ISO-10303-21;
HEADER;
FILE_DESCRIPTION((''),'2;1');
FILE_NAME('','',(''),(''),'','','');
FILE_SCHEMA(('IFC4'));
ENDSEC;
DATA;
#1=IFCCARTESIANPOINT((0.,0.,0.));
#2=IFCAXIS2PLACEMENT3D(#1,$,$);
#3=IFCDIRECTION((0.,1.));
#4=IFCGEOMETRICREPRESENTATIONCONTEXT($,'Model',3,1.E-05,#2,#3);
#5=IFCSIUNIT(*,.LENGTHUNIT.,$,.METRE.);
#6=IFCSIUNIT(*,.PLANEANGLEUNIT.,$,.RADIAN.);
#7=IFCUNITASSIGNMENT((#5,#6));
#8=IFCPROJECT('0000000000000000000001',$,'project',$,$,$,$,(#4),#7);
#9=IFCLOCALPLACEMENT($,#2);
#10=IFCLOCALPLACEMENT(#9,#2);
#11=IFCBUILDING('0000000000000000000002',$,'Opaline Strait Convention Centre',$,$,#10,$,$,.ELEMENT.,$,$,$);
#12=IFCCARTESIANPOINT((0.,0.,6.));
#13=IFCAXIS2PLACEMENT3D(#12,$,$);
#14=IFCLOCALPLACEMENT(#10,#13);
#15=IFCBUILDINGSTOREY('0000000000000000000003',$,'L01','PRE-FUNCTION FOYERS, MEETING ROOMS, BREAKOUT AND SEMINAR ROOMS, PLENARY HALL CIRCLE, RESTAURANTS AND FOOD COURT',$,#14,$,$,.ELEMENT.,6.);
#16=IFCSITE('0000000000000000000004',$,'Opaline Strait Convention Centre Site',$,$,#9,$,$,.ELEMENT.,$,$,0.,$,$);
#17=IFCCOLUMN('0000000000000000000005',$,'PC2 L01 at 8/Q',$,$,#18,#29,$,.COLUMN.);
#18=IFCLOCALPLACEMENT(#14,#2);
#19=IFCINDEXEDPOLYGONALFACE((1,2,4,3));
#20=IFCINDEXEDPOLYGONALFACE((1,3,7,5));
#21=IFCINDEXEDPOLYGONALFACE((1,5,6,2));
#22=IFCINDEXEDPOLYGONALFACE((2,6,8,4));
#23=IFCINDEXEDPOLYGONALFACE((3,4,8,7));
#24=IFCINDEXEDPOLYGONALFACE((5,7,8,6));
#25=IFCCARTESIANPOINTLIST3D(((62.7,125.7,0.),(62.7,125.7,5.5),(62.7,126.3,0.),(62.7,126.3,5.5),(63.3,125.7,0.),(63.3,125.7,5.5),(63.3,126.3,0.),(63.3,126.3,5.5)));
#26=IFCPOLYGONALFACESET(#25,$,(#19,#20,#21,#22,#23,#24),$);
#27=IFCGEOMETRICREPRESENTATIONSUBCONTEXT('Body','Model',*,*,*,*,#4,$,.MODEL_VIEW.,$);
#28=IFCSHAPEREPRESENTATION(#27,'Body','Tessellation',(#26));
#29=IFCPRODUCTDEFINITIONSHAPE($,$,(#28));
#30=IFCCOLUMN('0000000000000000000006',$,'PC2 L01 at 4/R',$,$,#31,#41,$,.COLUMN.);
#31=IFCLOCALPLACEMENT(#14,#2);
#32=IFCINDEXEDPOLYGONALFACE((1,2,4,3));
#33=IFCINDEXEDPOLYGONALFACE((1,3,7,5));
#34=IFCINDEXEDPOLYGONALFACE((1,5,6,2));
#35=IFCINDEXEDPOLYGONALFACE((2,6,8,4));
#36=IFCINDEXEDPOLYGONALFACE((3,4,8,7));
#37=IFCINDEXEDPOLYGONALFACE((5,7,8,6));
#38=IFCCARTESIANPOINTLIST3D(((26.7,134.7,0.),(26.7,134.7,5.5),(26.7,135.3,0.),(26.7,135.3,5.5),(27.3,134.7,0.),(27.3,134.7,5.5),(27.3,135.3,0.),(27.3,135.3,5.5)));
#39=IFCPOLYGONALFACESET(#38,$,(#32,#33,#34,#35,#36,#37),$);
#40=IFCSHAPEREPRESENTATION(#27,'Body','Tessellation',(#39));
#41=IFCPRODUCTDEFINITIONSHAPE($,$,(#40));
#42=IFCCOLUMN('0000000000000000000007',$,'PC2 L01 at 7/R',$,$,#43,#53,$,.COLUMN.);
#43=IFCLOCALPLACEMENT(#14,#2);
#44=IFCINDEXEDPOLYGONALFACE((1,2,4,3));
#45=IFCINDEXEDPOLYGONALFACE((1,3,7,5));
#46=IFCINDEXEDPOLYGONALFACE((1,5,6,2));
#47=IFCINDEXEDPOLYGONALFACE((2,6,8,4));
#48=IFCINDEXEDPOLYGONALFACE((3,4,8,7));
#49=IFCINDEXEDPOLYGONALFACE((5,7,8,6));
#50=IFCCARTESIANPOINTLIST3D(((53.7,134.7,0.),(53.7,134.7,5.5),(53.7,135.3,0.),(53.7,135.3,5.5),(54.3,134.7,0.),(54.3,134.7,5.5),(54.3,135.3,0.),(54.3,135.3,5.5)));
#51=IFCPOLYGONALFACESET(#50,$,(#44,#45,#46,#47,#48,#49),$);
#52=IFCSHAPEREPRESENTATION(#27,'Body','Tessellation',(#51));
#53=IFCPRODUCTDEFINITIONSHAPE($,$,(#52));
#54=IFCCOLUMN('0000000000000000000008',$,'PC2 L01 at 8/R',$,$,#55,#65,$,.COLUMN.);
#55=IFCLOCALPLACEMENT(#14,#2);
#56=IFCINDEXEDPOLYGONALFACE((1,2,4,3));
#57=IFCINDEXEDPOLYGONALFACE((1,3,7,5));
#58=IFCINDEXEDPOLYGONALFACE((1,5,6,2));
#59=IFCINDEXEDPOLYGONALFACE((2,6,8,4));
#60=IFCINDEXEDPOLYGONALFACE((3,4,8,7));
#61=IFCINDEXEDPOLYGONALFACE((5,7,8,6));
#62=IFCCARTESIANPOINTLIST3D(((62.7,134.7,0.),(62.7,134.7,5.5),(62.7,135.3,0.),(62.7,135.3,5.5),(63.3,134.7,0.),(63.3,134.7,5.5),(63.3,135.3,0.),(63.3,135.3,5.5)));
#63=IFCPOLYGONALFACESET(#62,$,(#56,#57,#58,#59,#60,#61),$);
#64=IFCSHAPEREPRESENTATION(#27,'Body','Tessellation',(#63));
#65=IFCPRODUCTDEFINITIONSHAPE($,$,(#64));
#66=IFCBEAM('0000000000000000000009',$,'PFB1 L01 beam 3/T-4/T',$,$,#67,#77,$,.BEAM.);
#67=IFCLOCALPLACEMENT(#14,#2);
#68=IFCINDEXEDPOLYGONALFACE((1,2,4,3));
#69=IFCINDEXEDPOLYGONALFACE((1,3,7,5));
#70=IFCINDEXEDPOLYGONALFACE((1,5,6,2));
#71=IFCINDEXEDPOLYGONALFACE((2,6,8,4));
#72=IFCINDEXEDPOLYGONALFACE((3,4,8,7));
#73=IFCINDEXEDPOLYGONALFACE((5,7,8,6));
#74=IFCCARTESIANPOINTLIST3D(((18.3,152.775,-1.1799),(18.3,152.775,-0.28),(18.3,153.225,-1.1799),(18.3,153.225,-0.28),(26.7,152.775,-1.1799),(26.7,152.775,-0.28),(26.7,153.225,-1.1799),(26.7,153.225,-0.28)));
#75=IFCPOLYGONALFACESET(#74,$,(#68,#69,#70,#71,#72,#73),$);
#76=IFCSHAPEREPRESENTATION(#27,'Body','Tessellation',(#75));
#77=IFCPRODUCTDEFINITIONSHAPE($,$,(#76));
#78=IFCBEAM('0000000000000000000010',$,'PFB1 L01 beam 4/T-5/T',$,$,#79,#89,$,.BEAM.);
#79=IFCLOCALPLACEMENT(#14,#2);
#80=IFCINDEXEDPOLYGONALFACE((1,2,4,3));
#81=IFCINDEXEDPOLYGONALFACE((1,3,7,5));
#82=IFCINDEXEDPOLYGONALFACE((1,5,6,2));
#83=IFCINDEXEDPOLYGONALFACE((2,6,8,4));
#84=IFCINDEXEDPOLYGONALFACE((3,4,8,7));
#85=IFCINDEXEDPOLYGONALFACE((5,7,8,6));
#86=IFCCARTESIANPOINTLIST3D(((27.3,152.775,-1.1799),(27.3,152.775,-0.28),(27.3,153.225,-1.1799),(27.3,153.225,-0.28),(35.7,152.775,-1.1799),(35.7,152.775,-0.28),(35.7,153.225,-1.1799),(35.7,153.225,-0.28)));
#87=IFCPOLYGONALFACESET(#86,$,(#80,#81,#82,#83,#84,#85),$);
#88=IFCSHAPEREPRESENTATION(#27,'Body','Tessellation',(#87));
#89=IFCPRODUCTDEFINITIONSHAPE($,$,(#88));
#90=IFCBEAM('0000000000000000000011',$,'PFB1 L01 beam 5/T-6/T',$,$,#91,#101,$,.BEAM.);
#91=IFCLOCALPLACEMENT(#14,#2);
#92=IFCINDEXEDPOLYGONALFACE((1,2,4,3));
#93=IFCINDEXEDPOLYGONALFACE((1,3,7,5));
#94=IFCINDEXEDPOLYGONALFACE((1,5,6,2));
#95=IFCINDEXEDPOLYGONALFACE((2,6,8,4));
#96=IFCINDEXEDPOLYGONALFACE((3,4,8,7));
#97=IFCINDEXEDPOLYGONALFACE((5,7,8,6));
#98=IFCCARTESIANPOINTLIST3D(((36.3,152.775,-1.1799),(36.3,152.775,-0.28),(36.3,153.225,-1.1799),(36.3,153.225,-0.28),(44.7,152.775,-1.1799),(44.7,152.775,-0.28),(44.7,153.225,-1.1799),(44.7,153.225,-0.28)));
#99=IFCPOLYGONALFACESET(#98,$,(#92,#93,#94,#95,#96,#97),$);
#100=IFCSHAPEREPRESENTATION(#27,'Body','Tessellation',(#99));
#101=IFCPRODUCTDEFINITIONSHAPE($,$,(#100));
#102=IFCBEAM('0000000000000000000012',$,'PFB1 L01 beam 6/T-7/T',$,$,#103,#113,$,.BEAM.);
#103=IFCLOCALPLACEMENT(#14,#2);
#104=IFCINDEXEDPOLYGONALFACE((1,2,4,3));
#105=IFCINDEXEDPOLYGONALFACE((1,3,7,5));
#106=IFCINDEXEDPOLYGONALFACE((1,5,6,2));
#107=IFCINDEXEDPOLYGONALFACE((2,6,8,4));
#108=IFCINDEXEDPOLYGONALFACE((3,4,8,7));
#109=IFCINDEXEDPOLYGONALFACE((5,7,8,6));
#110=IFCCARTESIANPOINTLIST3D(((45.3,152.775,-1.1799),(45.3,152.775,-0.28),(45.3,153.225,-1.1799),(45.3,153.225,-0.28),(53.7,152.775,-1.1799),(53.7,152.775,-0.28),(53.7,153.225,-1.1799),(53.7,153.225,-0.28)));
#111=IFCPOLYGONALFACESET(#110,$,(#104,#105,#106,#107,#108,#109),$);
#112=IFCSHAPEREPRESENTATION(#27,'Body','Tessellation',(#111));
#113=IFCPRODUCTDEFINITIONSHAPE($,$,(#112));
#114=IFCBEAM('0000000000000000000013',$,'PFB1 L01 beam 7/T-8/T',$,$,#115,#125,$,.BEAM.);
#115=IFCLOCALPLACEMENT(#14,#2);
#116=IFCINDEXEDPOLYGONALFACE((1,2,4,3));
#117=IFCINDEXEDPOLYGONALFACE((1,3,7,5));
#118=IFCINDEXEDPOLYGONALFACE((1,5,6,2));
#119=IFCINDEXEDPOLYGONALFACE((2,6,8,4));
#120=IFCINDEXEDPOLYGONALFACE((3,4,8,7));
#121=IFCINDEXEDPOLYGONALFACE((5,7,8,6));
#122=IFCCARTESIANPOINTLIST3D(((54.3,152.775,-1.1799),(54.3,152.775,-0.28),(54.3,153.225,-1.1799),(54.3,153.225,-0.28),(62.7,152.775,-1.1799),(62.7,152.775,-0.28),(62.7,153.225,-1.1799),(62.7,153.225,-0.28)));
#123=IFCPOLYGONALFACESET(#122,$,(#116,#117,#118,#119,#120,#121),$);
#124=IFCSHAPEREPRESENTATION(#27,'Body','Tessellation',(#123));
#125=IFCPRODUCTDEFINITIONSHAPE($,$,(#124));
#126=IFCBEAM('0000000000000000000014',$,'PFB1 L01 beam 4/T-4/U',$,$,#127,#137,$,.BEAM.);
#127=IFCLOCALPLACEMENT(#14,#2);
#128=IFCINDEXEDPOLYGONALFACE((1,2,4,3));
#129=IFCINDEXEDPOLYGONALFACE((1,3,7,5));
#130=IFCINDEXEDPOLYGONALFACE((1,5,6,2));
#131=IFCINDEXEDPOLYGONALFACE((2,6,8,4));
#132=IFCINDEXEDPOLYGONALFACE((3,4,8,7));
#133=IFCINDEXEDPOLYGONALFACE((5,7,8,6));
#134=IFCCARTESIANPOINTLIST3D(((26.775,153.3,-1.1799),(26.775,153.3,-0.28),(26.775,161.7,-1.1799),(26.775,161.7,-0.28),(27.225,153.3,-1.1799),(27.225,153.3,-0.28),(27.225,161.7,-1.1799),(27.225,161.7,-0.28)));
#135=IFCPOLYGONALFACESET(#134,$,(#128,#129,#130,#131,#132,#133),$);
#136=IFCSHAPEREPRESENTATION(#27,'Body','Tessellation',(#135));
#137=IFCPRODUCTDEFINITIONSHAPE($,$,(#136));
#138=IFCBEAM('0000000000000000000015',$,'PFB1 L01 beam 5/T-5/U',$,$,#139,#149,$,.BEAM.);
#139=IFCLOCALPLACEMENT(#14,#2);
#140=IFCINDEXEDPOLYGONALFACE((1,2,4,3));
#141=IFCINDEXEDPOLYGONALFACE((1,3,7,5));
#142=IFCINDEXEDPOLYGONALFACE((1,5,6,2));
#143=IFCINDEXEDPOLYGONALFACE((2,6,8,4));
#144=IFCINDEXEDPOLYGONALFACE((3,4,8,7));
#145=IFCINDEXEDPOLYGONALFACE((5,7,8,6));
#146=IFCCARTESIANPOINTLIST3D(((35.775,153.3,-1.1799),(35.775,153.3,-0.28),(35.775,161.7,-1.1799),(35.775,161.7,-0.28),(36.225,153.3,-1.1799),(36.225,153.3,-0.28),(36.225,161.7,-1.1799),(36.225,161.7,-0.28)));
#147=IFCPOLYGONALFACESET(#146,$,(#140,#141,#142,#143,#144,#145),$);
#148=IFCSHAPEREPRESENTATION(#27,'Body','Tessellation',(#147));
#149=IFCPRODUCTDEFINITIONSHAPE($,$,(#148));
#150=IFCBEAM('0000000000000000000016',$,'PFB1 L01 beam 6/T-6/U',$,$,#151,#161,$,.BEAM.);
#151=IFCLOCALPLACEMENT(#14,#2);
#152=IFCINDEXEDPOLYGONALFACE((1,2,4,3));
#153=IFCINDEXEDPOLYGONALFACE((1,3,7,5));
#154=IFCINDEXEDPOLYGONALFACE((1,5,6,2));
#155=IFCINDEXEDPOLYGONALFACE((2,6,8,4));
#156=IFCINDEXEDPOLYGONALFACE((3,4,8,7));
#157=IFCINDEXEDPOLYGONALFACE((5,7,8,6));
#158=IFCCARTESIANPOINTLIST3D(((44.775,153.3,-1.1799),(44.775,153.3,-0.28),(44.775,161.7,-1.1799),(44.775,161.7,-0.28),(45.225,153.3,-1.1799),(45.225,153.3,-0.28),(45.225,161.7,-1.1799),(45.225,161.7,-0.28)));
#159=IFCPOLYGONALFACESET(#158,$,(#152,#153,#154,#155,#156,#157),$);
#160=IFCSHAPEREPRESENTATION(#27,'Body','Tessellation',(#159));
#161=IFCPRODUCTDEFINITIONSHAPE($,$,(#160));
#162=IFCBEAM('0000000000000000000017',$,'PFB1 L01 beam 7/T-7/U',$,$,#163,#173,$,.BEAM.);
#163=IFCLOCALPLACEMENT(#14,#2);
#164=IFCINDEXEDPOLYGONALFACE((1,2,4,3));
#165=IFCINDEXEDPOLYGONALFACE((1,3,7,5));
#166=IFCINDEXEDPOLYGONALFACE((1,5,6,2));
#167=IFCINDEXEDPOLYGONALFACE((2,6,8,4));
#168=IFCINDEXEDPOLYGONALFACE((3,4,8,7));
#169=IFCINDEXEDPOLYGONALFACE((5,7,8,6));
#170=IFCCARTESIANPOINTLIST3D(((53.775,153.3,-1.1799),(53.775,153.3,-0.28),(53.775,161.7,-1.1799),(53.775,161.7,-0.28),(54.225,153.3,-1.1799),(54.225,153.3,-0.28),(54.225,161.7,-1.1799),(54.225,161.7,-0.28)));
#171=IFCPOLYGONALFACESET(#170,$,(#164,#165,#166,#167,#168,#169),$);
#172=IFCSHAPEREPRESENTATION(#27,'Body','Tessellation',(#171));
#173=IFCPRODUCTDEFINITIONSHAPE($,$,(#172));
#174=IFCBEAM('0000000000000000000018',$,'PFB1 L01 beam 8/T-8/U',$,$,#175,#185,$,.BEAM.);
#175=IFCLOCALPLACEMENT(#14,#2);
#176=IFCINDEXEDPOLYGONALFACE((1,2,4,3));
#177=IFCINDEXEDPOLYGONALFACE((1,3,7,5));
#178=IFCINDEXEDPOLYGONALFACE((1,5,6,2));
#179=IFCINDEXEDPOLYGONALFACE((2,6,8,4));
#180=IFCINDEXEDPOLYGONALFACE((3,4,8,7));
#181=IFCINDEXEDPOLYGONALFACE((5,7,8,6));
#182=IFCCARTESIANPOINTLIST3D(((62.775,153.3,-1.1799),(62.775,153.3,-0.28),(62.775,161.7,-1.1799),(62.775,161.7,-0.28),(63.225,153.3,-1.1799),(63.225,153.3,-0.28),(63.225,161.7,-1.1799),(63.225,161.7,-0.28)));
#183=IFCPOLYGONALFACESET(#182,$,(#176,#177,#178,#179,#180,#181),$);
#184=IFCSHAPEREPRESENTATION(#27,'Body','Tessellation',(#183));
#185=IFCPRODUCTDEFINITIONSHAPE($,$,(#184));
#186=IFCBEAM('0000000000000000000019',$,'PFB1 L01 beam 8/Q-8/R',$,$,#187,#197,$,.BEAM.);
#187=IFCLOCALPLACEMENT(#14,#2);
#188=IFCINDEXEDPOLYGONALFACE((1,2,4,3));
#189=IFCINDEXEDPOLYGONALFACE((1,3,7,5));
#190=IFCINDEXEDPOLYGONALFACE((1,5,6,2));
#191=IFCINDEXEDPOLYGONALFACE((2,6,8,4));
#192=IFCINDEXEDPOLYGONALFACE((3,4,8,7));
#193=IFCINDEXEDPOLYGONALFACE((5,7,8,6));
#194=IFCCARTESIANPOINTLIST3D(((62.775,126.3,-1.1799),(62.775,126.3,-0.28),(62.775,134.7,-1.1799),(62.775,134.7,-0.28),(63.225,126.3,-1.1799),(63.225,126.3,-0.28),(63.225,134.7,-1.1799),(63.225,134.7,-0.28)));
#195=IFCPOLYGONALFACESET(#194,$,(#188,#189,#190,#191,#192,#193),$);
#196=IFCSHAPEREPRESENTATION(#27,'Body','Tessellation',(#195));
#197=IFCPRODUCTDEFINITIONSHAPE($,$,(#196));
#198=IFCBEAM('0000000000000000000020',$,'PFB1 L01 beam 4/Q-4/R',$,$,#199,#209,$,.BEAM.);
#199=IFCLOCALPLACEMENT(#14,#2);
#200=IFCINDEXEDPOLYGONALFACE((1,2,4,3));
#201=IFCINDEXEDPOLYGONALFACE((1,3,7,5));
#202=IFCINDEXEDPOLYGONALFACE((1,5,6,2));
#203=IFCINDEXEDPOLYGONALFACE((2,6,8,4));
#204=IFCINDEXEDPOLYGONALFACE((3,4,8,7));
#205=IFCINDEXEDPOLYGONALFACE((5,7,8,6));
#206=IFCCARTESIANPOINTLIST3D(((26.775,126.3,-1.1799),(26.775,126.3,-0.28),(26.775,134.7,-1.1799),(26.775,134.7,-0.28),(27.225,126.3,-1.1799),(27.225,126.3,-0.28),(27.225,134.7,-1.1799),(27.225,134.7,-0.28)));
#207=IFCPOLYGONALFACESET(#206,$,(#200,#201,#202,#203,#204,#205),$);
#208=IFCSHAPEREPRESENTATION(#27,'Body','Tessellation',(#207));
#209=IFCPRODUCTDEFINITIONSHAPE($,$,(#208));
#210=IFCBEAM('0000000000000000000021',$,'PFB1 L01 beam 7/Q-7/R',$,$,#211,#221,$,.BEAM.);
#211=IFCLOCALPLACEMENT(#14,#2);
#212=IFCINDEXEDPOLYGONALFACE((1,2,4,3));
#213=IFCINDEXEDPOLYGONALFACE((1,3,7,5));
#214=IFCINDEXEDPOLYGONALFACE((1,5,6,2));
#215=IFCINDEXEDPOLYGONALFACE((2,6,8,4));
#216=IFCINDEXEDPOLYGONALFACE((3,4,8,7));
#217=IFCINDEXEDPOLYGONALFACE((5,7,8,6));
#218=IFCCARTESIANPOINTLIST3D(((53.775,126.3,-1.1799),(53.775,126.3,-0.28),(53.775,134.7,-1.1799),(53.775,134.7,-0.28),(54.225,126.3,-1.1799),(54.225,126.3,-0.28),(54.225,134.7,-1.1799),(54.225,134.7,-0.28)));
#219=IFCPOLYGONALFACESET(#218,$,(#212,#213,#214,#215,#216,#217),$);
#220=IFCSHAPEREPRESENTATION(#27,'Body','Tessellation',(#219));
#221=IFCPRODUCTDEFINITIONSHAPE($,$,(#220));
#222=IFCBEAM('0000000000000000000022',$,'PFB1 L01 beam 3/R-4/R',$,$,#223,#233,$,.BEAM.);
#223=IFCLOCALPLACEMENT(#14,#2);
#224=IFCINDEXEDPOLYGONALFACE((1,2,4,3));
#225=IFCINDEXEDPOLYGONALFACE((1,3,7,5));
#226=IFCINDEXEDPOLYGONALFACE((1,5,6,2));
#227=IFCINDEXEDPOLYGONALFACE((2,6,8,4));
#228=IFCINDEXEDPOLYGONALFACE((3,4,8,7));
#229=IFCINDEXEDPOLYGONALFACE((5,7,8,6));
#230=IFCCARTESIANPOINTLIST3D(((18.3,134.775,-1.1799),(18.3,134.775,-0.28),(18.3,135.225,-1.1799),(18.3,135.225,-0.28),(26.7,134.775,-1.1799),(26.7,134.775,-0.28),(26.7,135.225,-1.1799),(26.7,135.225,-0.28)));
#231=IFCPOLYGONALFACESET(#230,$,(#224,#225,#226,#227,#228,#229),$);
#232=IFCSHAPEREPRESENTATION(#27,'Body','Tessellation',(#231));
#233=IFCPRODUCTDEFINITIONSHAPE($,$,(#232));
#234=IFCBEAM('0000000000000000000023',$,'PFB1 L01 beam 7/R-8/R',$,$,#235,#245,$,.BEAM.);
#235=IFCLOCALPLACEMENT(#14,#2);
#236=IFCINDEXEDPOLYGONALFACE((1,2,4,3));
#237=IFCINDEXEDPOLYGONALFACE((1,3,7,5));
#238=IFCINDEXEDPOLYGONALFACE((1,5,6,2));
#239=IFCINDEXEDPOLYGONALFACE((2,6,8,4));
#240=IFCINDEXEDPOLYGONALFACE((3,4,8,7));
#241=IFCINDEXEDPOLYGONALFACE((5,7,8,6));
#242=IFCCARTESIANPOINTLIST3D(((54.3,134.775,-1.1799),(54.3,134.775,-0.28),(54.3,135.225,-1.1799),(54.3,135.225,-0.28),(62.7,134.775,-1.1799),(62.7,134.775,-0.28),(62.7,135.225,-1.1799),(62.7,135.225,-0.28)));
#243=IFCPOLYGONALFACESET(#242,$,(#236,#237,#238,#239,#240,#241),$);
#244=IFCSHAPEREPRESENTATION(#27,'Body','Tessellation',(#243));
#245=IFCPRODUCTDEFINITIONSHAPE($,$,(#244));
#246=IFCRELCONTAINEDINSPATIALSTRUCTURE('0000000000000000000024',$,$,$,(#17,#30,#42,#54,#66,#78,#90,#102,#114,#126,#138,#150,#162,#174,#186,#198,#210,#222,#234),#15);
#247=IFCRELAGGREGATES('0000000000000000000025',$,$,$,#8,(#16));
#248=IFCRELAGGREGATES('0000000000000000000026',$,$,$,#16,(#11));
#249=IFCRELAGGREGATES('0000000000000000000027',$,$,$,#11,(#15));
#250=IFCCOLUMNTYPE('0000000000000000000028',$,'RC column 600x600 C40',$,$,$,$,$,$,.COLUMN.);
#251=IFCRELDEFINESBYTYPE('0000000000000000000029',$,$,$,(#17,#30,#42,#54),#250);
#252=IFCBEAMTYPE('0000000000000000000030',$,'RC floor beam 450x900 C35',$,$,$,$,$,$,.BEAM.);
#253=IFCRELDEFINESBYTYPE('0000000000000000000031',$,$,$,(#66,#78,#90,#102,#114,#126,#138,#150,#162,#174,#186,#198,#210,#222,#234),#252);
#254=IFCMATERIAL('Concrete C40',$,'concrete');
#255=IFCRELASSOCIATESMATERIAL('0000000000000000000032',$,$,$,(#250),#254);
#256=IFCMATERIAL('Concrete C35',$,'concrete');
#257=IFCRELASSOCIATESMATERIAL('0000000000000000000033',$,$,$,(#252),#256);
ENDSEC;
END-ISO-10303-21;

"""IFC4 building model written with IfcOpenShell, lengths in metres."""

from ifc_helpers import new_model, si_unit, direction, frame, origin, origin_2d, place, context, subcontext, project, spatial, rectangle, extrude, material, material_profile, profile_set, type_object, element, save


model = new_model("IFC4")

# Units and contexts
model_context = context("Model", 3, precision=1e-05, world=origin(), true_north=direction((0.0, 1.0)))
body_context = subcontext(model_context, "Body", "Model", "MODEL_VIEW")
ifc_project = project(units=[si_unit("LENGTHUNIT", "METRE"), si_unit("PLANEANGLEUNIT", "RADIAN")], contexts=[model_context])

# Site, building, storey
site_placement = place(None, origin())
site = spatial("IfcSite", under=ifc_project, at=site_placement, Name="Opaline Strait Convention Centre Site", CompositionType="ELEMENT", RefElevation=0.0)
building_placement = place(site_placement, origin())
building = spatial("IfcBuilding", under=site, at=building_placement, Name="Opaline Strait Convention Centre", CompositionType="ELEMENT")
storey_placement = place(building_placement, frame((0.0, 0.0, 6.0)))
storey = spatial("IfcBuildingStorey", under=building, at=storey_placement, Name="L01", Description="PRE-FUNCTION FOYERS, MEETING ROOMS, BREAKOUT AND SEMINAR ROOMS, PLENARY HALL CIRCLE, RESTAURANTS AND FOOD COURT", CompositionType="ELEMENT", Elevation=6.0)

# Columns
ifc_material_1 = material(Name="Concrete C40", Category="concrete")
ifc_material_profile_1 = material_profile(ifc_material_1, rectangle(XDim=0.6001, YDim=0.6001, at=origin_2d()), Name="RC 600x600")
ifc_profile_set_1 = profile_set([ifc_material_profile_1], Name="Concrete C40")
column_type = type_object("IfcColumnType", Name="RC column 600x600 C40", PredefinedType="COLUMN", material=ifc_profile_set_1)
for number, where, z_axis, x_axis, name in (
    (1, (63.0, 126.0, 0.0), (0.0, 0.0, 1.0), (1.0, 0.0, 0.0), "PC2 L01 at 8/Q"),
    (2, (27.0, 135.0, 0.0), (0.0, 0.0, 1.0), (1.0, 0.0, 0.0), "PC2 L01 at 4/R"),
    (3, (54.0, 135.0, 0.0), (0.0, 0.0, 1.0), (1.0, 0.0, 0.0), "PC2 L01 at 7/R"),
    (4, (63.0, 135.0, 0.0), (0.0, 0.0, 1.0), (1.0, 0.0, 0.0), "PC2 L01 at 8/R"),
):
    element("IfcColumn", number, at=place(storey_placement, frame(where, z_axis=z_axis, x_axis=x_axis)), inside=storey, type_object=column_type, Name=name, PredefinedType="COLUMN", context=body_context, shape_type="SweptSolid", body=[
        extrude(rectangle(XDim=0.6001, YDim=0.6001, at=origin_2d()), origin(), (0.0, 0.0, 1.0), 5.5),
    ])

# Beams
ifc_material_2 = material(Name="Concrete C35", Category="concrete")
ifc_material_profile_2 = material_profile(ifc_material_2, rectangle(XDim=0.45, YDim=0.8999, at=origin_2d()), Name="RC 450x900")
ifc_profile_set_2 = profile_set([ifc_material_profile_2], Name="Concrete C35")
beam_type = type_object("IfcBeamType", Name="RC floor beam 450x900 C35", PredefinedType="BEAM", material=ifc_profile_set_2)
for number, where, z_axis, x_axis, name in (
    (5, (18.3, 153.0, -0.73), (1.0, 0.0, 0.0), (0.0, 1.0, 0.0), "PFB1 L01 beam 3/T-4/T"),
    (6, (27.3, 153.0, -0.73), (1.0, 0.0, 0.0), (0.0, 1.0, 0.0), "PFB1 L01 beam 4/T-5/T"),
    (7, (36.3, 153.0, -0.73), (1.0, 0.0, 0.0), (0.0, 1.0, 0.0), "PFB1 L01 beam 5/T-6/T"),
    (8, (45.3, 153.0, -0.73), (1.0, 0.0, 0.0), (0.0, 1.0, 0.0), "PFB1 L01 beam 6/T-7/T"),
    (9, (54.3, 153.0, -0.73), (1.0, 0.0, 0.0), (0.0, 1.0, 0.0), "PFB1 L01 beam 7/T-8/T"),
    (10, (27.0, 153.3, -0.73), (0.0, 1.0, 0.0), (-1.0, 0.0, 0.0), "PFB1 L01 beam 4/T-4/U"),
    (11, (36.0, 153.3, -0.73), (0.0, 1.0, 0.0), (-1.0, 0.0, 0.0), "PFB1 L01 beam 5/T-5/U"),
    (12, (45.0, 153.3, -0.73), (0.0, 1.0, 0.0), (-1.0, 0.0, 0.0), "PFB1 L01 beam 6/T-6/U"),
    (13, (54.0, 153.3, -0.73), (0.0, 1.0, 0.0), (-1.0, 0.0, 0.0), "PFB1 L01 beam 7/T-7/U"),
    (14, (63.0, 153.3, -0.73), (0.0, 1.0, 0.0), (-1.0, 0.0, 0.0), "PFB1 L01 beam 8/T-8/U"),
    (15, (63.0, 126.3, -0.73), (0.0, 1.0, 0.0), (-1.0, 0.0, 0.0), "PFB1 L01 beam 8/Q-8/R"),
    (16, (27.0, 126.3, -0.73), (0.0, 1.0, 0.0), (-1.0, 0.0, 0.0), "PFB1 L01 beam 4/Q-4/R"),
    (17, (54.0, 126.3, -0.73), (0.0, 1.0, 0.0), (-1.0, 0.0, 0.0), "PFB1 L01 beam 7/Q-7/R"),
    (18, (18.3, 135.0, -0.73), (1.0, 0.0, 0.0), (0.0, 1.0, 0.0), "PFB1 L01 beam 3/R-4/R"),
    (19, (54.3, 135.0, -0.73), (1.0, 0.0, 0.0), (0.0, 1.0, 0.0), "PFB1 L01 beam 7/R-8/R"),
):
    element("IfcBeam", number, at=place(storey_placement, frame(where, z_axis=z_axis, x_axis=x_axis)), inside=storey, type_object=beam_type, Name=name, PredefinedType="BEAM", context=body_context, shape_type="SweptSolid", body=[
        extrude(rectangle(XDim=0.45, YDim=0.8999, at=origin_2d()), origin(), (0.0, 0.0, 1.0), 8.3999),
    ])

save(model, "model.ifc")
